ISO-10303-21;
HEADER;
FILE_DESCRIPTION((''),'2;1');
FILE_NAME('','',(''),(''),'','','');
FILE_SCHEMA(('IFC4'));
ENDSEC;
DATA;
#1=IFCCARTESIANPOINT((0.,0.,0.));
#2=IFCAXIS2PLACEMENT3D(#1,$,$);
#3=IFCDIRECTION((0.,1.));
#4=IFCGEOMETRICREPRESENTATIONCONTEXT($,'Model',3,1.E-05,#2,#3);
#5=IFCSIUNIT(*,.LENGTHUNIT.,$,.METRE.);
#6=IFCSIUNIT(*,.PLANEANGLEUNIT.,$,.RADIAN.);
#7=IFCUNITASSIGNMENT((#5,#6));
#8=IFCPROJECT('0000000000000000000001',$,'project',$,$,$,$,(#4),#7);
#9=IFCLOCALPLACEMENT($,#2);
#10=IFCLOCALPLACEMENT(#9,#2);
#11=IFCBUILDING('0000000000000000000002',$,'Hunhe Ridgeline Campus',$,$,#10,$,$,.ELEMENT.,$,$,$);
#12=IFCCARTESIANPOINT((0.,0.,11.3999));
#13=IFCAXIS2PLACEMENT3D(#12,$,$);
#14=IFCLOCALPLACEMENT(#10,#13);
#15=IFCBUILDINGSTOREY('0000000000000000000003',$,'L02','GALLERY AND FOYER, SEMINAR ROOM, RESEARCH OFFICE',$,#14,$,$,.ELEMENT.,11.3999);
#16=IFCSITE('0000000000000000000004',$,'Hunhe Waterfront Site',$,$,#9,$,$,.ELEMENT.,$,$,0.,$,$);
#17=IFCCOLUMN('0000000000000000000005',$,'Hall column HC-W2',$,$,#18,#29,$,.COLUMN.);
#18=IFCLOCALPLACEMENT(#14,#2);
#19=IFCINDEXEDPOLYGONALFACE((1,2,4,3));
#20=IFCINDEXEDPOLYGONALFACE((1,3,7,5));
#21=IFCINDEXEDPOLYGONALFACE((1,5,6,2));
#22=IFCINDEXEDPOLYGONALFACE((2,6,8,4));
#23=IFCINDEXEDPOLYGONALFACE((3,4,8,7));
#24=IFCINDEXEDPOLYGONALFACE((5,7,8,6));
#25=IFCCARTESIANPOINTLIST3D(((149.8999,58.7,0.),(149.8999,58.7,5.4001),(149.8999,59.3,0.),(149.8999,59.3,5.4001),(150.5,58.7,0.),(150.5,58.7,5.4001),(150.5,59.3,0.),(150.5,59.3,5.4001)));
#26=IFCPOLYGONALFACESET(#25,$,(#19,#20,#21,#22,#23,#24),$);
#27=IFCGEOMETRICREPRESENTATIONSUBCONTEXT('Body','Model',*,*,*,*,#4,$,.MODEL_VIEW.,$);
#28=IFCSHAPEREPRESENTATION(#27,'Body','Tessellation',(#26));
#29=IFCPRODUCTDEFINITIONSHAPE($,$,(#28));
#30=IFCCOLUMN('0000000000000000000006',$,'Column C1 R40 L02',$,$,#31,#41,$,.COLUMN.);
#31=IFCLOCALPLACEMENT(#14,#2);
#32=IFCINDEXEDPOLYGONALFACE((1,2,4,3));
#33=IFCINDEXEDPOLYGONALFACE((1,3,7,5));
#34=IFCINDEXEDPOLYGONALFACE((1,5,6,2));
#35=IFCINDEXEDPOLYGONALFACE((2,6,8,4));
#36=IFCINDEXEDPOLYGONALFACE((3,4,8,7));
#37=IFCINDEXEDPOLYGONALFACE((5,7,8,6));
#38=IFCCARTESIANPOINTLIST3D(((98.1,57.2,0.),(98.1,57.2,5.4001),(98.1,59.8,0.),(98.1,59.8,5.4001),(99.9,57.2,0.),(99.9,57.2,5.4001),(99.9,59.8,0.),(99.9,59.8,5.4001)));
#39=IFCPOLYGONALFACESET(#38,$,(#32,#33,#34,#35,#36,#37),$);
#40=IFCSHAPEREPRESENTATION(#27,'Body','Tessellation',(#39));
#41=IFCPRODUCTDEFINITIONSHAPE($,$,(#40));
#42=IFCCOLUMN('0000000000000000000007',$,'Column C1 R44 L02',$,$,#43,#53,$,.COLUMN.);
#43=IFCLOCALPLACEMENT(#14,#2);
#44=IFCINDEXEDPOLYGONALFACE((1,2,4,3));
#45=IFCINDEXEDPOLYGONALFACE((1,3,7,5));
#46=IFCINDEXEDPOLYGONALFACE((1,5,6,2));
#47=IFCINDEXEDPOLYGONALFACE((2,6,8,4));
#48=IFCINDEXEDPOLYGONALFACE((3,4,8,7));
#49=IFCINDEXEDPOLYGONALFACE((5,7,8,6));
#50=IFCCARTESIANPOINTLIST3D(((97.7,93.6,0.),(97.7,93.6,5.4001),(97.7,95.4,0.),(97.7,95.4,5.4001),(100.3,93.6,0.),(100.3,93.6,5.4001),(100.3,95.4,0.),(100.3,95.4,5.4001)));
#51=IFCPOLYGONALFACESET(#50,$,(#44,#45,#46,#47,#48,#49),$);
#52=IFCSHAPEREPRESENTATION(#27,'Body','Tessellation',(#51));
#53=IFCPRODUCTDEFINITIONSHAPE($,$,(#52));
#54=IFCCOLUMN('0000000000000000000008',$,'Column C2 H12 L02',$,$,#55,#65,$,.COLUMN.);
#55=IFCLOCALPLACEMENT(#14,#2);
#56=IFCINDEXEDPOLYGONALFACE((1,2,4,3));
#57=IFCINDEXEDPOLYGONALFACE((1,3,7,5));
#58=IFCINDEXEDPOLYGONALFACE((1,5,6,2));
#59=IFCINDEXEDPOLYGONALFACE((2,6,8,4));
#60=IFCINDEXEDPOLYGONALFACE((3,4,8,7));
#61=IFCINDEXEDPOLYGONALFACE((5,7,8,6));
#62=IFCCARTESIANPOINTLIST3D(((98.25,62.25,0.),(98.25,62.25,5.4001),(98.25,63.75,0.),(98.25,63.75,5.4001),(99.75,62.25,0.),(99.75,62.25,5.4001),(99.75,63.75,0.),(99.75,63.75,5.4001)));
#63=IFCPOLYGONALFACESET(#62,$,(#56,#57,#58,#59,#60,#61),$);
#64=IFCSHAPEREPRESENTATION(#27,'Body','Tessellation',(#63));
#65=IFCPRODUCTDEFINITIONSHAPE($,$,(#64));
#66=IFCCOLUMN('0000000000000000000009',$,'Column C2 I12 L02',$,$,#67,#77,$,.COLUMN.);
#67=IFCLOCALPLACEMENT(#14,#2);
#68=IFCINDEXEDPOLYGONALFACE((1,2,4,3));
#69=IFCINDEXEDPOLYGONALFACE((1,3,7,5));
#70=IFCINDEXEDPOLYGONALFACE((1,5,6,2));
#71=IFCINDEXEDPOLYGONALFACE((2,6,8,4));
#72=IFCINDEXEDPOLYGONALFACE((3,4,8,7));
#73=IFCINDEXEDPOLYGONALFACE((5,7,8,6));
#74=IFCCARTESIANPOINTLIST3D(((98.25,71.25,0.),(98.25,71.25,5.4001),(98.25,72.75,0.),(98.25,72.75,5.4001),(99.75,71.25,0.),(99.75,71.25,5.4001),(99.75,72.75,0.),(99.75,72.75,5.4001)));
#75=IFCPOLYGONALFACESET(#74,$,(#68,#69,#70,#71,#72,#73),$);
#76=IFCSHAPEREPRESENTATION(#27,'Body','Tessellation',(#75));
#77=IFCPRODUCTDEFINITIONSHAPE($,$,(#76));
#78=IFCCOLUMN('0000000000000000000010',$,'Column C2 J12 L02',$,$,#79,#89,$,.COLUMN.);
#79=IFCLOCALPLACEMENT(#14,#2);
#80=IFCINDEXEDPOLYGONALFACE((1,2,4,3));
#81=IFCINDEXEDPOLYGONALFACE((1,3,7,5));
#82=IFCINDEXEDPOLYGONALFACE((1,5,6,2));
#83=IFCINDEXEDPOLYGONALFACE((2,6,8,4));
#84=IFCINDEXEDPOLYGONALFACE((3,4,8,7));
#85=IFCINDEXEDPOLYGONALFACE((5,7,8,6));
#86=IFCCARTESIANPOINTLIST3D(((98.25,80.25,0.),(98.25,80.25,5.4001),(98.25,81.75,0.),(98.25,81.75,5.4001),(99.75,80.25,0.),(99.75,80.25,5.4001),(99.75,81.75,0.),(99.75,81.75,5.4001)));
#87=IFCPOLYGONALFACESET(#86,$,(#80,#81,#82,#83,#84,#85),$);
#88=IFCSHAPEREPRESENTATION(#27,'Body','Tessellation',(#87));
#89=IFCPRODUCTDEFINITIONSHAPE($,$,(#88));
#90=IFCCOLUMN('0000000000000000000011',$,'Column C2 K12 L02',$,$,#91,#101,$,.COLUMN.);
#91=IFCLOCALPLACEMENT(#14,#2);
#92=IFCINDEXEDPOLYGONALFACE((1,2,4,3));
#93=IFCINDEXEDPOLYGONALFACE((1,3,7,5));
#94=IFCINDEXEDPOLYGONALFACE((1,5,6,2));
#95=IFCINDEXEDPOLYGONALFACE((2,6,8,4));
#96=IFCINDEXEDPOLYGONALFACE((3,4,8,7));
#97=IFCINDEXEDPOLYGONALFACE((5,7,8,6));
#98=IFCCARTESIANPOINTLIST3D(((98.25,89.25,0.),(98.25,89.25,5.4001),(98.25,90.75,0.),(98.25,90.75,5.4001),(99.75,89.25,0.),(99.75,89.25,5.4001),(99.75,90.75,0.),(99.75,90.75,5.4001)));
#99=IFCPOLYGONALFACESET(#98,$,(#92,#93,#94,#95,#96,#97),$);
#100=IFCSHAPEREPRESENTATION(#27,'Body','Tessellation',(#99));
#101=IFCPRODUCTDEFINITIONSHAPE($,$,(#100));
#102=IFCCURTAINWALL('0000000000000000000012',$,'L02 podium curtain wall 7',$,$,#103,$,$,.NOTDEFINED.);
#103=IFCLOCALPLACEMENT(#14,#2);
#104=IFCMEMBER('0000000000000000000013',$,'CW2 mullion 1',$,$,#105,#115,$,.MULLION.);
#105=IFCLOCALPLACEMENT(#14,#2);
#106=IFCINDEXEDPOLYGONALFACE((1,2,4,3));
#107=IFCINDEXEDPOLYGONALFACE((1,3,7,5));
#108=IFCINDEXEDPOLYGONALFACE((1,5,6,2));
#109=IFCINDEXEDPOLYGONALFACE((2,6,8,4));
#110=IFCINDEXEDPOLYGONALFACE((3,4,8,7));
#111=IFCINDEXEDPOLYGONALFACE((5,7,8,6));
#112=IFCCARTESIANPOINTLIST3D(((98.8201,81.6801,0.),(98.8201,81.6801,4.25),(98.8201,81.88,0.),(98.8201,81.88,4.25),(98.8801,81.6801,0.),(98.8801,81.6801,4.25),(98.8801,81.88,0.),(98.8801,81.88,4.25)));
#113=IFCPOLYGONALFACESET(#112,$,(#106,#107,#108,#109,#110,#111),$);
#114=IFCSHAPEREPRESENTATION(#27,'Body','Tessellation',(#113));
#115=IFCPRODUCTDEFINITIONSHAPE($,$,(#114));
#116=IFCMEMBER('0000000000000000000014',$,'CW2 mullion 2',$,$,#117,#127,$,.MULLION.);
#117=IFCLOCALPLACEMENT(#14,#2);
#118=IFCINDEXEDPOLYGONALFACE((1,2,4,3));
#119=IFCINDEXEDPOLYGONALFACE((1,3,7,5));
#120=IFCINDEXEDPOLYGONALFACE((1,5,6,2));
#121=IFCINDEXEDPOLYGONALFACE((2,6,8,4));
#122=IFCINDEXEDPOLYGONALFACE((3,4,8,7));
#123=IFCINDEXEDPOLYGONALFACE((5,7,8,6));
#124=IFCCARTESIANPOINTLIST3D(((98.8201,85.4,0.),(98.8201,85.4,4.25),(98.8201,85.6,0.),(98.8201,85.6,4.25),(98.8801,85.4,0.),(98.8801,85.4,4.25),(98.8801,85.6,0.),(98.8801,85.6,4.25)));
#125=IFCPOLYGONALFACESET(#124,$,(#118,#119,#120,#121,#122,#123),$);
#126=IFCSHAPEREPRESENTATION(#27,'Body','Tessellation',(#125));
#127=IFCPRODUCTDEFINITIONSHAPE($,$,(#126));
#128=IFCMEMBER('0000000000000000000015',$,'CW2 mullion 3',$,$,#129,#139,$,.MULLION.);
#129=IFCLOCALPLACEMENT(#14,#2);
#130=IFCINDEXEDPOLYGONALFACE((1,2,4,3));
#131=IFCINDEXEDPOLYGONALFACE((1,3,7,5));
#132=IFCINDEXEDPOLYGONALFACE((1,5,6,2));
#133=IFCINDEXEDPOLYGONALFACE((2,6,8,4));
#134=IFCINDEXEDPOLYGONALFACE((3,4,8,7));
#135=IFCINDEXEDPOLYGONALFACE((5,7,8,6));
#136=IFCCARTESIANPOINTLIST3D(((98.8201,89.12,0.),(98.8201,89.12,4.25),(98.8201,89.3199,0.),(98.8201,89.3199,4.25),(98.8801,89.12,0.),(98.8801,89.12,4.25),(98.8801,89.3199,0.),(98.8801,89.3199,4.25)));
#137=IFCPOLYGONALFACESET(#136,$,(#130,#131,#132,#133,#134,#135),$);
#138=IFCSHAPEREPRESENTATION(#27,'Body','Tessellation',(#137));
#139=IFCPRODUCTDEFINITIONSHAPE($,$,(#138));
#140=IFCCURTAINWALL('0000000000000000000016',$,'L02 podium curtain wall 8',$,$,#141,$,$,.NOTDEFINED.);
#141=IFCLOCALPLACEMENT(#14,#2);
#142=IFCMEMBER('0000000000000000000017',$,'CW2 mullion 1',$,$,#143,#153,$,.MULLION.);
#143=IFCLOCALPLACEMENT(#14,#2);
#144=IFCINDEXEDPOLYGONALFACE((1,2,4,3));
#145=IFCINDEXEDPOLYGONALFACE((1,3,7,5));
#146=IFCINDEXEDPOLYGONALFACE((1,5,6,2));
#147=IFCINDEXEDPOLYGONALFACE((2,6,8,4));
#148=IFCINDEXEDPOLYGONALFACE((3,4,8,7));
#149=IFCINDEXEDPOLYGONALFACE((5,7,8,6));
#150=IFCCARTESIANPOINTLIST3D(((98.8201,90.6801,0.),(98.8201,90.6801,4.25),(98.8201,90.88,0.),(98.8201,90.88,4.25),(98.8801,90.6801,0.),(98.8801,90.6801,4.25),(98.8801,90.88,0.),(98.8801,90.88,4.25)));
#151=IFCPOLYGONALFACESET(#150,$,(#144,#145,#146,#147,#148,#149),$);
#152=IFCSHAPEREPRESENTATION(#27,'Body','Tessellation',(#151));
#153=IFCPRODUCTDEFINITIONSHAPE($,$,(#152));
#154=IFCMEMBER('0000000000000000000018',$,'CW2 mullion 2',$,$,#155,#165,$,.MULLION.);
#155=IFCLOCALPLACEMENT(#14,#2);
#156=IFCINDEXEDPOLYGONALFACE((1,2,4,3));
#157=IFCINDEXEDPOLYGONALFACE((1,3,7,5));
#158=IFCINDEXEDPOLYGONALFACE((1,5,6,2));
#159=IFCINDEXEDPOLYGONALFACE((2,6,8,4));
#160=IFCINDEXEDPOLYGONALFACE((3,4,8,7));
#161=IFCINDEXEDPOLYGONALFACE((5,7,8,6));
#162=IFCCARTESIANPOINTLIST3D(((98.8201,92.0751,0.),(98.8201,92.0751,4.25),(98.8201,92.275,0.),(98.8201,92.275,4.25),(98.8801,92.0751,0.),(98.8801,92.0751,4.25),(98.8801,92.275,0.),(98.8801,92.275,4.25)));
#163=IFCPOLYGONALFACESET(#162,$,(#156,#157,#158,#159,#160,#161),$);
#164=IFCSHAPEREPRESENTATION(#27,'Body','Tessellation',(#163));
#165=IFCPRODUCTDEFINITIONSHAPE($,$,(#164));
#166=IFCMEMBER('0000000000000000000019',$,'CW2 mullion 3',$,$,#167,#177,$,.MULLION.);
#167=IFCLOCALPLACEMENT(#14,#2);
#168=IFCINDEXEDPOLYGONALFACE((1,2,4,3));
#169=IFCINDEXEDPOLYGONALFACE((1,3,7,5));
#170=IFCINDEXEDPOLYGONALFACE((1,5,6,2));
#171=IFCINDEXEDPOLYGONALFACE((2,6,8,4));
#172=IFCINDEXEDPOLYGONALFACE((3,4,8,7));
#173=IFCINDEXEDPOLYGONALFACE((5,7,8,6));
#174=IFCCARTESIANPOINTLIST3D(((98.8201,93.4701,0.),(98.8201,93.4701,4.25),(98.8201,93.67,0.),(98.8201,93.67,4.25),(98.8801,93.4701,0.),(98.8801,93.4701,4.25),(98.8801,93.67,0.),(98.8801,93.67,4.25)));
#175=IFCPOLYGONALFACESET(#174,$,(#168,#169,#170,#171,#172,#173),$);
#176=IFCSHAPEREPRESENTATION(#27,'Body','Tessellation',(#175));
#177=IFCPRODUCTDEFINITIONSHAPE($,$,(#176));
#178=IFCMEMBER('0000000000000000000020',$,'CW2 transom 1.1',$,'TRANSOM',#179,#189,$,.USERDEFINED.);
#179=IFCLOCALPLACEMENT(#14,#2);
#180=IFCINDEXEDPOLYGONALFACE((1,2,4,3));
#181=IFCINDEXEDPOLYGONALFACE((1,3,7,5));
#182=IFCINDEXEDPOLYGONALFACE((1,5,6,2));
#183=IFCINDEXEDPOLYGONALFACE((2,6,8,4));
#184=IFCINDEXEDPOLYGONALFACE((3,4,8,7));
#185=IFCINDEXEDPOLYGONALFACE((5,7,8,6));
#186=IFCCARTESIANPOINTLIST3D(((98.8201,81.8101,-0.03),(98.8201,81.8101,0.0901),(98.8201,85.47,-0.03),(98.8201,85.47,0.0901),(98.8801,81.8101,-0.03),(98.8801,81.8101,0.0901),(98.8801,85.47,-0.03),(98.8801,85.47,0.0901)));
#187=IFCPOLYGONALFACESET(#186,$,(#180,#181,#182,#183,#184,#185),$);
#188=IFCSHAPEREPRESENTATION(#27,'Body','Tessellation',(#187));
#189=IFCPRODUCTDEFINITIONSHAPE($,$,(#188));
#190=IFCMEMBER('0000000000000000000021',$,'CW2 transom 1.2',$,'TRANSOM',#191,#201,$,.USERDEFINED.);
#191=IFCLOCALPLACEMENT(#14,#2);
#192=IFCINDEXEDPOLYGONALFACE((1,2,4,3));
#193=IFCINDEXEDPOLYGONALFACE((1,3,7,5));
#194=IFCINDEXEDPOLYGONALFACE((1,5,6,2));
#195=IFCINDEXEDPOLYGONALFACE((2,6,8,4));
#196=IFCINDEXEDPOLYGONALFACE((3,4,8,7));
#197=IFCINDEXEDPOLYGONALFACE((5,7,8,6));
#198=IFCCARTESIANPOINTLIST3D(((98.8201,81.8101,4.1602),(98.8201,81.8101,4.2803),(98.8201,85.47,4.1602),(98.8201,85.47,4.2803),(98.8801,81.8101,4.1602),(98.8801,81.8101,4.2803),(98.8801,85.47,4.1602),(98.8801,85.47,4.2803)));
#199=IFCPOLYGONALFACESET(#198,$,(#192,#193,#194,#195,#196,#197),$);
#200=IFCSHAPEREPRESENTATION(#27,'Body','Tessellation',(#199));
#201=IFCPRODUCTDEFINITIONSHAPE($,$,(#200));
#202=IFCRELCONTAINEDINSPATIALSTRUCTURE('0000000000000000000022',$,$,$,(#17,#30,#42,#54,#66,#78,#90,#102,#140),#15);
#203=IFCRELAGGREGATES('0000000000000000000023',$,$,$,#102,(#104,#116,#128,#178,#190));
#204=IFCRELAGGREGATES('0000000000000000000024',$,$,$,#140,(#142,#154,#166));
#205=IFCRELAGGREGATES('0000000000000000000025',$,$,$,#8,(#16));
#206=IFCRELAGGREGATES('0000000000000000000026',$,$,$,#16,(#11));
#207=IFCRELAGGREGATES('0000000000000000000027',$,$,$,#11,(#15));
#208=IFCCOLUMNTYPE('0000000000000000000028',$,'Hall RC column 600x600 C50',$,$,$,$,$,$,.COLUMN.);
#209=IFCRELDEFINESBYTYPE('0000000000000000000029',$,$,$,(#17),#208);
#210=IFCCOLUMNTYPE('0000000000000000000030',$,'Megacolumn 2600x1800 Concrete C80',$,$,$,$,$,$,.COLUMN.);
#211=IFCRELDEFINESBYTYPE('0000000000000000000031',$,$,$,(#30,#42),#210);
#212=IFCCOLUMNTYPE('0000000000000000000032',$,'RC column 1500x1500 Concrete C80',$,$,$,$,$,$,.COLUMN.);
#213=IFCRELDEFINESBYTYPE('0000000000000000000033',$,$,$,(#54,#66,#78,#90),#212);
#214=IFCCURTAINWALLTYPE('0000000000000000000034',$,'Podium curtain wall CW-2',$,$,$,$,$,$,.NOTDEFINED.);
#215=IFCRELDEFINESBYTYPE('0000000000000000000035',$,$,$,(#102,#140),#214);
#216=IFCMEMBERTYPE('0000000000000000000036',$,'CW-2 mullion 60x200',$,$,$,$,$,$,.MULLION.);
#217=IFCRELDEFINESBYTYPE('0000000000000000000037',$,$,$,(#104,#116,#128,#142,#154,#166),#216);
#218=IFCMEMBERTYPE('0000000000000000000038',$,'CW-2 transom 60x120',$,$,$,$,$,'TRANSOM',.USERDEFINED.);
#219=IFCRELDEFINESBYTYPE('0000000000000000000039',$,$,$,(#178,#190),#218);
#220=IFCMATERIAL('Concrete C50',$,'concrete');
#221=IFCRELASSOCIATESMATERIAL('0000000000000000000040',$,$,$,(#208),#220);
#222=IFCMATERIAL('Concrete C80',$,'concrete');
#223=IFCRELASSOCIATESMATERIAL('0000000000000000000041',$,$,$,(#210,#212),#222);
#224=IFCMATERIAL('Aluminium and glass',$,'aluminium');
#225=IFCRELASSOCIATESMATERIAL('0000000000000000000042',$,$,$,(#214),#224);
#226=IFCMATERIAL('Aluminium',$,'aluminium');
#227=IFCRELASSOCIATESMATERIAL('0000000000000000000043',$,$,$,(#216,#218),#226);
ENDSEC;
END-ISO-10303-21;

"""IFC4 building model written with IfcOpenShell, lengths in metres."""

from ifc_helpers import new_model, si_unit, direction, frame, origin, origin_2d, place, context, subcontext, project, spatial, rectangle, extrude, material, material_profile, profile_set, type_object, element, aggregate, save


model = new_model("IFC4")

# Units and contexts
model_context = context("Model", 3, precision=1e-05, world=origin(), true_north=direction((0.0, 1.0)))
body_context = subcontext(model_context, "Body", "Model", "MODEL_VIEW")
ifc_project = project(units=[si_unit("LENGTHUNIT", "METRE"), si_unit("PLANEANGLEUNIT", "RADIAN")], contexts=[model_context])

# Site, building, storey
site_placement = place(None, origin())
site = spatial("IfcSite", under=ifc_project, at=site_placement, Name="Hunhe Waterfront Site", CompositionType="ELEMENT", RefElevation=0.0)
building_placement = place(site_placement, origin())
building = spatial("IfcBuilding", under=site, at=building_placement, Name="Hunhe Ridgeline Campus", CompositionType="ELEMENT")
storey_placement = place(building_placement, frame((0.0, 0.0, 11.3999)))
storey = spatial("IfcBuildingStorey", under=building, at=storey_placement, Name="L02", Description="GALLERY AND FOYER, SEMINAR ROOM, RESEARCH OFFICE", CompositionType="ELEMENT", Elevation=11.3999)

# Columns
ifc_material_1 = material(Name="Concrete C50", Category="concrete")
ifc_material_profile_1 = material_profile(ifc_material_1, rectangle(XDim=0.6001, YDim=0.6001, at=origin_2d()))
ifc_profile_set_1 = profile_set([ifc_material_profile_1], Name="Concrete C50")
column_type_1 = type_object("IfcColumnType", Name="Hall RC column 600x600 C50", PredefinedType="COLUMN", material=ifc_profile_set_1)
column_placement = place(storey_placement, frame((150.2, 59.0, 0.0), z_axis=(0.0, 0.0, 1.0), x_axis=(1.0, 0.0, 0.0)))
element("IfcColumn", 1, at=column_placement, inside=storey, type_object=column_type_1, Name="Hall column HC-W2", PredefinedType="COLUMN", context=body_context, shape_type="SweptSolid", body=[
    extrude(rectangle(XDim=0.6001, YDim=0.6001, at=origin_2d()), origin(), (0.0, 0.0, 1.0), 5.4001),
])
ifc_material_2 = material(Name="Concrete C80", Category="concrete")
ifc_material_profile_2 = material_profile(ifc_material_2, rectangle(XDim=2.6001, YDim=1.8, at=origin_2d()))
ifc_profile_set_2 = profile_set([ifc_material_profile_2], Name="Concrete C80")
column_type_2 = type_object("IfcColumnType", Name="Megacolumn 2600x1800 Concrete C80", PredefinedType="COLUMN", material=ifc_profile_set_2)
for number, where, z_axis, x_axis, name in (
    (2, (99.0, 58.5, 0.0), (0.0, 0.0, 1.0), (0.0, 1.0, 0.0), "Column C1 R40 L02"),
    (3, (99.0, 94.5, 0.0), (0.0, 0.0, 1.0), (1.0, 0.0, 0.0), "Column C1 R44 L02"),
):
    element("IfcColumn", number, at=place(storey_placement, frame(where, z_axis=z_axis, x_axis=x_axis)), inside=storey, type_object=column_type_2, Name=name, PredefinedType="COLUMN", context=body_context, shape_type="SweptSolid", body=[
        extrude(rectangle(XDim=2.6001, YDim=1.8, at=origin_2d()), origin(), (0.0, 0.0, 1.0), 5.4001),
    ])
ifc_material_profile_3 = material_profile(ifc_material_2, rectangle(XDim=1.5, YDim=1.5, at=origin_2d()))
ifc_profile_set_3 = profile_set([ifc_material_profile_3], Name="Concrete C80")
column_type_3 = type_object("IfcColumnType", Name="RC column 1500x1500 Concrete C80", PredefinedType="COLUMN", material=ifc_profile_set_3)
for number, where, z_axis, x_axis, name in (
    (4, (99.0, 63.0, 0.0), (0.0, 0.0, 1.0), (1.0, 0.0, 0.0), "Column C2 H12 L02"),
    (5, (99.0, 72.0, 0.0), (0.0, 0.0, 1.0), (1.0, 0.0, 0.0), "Column C2 I12 L02"),
    (6, (99.0, 81.0, 0.0), (0.0, 0.0, 1.0), (1.0, 0.0, 0.0), "Column C2 J12 L02"),
    (7, (99.0, 90.0, 0.0), (0.0, 0.0, 1.0), (1.0, 0.0, 0.0), "Column C2 K12 L02"),
):
    element("IfcColumn", number, at=place(storey_placement, frame(where, z_axis=z_axis, x_axis=x_axis)), inside=storey, type_object=column_type_3, Name=name, PredefinedType="COLUMN", context=body_context, shape_type="SweptSolid", body=[
        extrude(rectangle(XDim=1.5, YDim=1.5, at=origin_2d()), origin(), (0.0, 0.0, 1.0), 5.4001),
    ])

# Curtain walls, members
ifc_material_3 = material(Name="Aluminium and glass", Category="aluminium")
curtain_wall_type = type_object("IfcCurtainWallType", Name="Podium curtain wall CW-2", PredefinedType="NOTDEFINED", material=ifc_material_3)
curtain_wall_1_placement = place(storey_placement, origin())
curtain_wall_1 = element("IfcCurtainWall", 8, at=curtain_wall_1_placement, inside=storey, type_object=curtain_wall_type, Name="L02 podium curtain wall 7", PredefinedType="NOTDEFINED")
ifc_material_4 = material(Name="Aluminium", Category="aluminium")
ifc_material_profile_4 = material_profile(ifc_material_4, rectangle(XDim=0.0601, YDim=0.2, at=origin_2d()))
ifc_profile_set_4 = profile_set([ifc_material_profile_4], Name="Aluminium")
member_type_1 = type_object("IfcMemberType", Name="CW-2 mullion 60x200", PredefinedType="MULLION", material=ifc_profile_set_4)
member_1_placement = place(storey_placement, frame((98.8501, 81.78, 0.0), z_axis=(0.0, 0.0, 1.0), x_axis=(-1.0, 0.0, 0.0)))
member_1 = element("IfcMember", 9, at=member_1_placement, type_object=member_type_1, Name="CW2 mullion 1", PredefinedType="MULLION", context=body_context, shape_type="SweptSolid", body=[
    extrude(rectangle(XDim=0.0601, YDim=0.2, at=origin_2d()), origin(), (0.0, 0.0, 1.0), 4.25),
])
member_2_placement = place(storey_placement, frame((98.8501, 85.5, 0.0), z_axis=(0.0, 0.0, 1.0), x_axis=(-1.0, 0.0, 0.0)))
member_2 = element("IfcMember", 10, at=member_2_placement, type_object=member_type_1, Name="CW2 mullion 2", PredefinedType="MULLION", context=body_context, shape_type="SweptSolid", body=[
    extrude(rectangle(XDim=0.0601, YDim=0.2, at=origin_2d()), origin(), (0.0, 0.0, 1.0), 4.25),
])
member_3_placement = place(storey_placement, frame((98.8501, 89.22, 0.0), z_axis=(0.0, 0.0, 1.0), x_axis=(-1.0, 0.0, 0.0)))
member_3 = element("IfcMember", 11, at=member_3_placement, type_object=member_type_1, Name="CW2 mullion 3", PredefinedType="MULLION", context=body_context, shape_type="SweptSolid", body=[
    extrude(rectangle(XDim=0.0601, YDim=0.2, at=origin_2d()), origin(), (0.0, 0.0, 1.0), 4.25),
])
curtain_wall_2_placement = place(storey_placement, origin())
curtain_wall_2 = element("IfcCurtainWall", 12, at=curtain_wall_2_placement, inside=storey, type_object=curtain_wall_type, Name="L02 podium curtain wall 8", PredefinedType="NOTDEFINED")
member_4_placement = place(storey_placement, frame((98.8501, 90.78, 0.0), z_axis=(0.0, 0.0, 1.0), x_axis=(-1.0, 0.0, 0.0)))
member_4 = element("IfcMember", 13, at=member_4_placement, type_object=member_type_1, Name="CW2 mullion 1", PredefinedType="MULLION", context=body_context, shape_type="SweptSolid", body=[
    extrude(rectangle(XDim=0.0601, YDim=0.2, at=origin_2d()), origin(), (0.0, 0.0, 1.0), 4.25),
])
member_5_placement = place(storey_placement, frame((98.8501, 92.175, 0.0), z_axis=(0.0, 0.0, 1.0), x_axis=(-1.0, 0.0, 0.0)))
member_5 = element("IfcMember", 14, at=member_5_placement, type_object=member_type_1, Name="CW2 mullion 2", PredefinedType="MULLION", context=body_context, shape_type="SweptSolid", body=[
    extrude(rectangle(XDim=0.0601, YDim=0.2, at=origin_2d()), origin(), (0.0, 0.0, 1.0), 4.25),
])
member_6_placement = place(storey_placement, frame((98.8501, 93.5701, 0.0), z_axis=(0.0, 0.0, 1.0), x_axis=(-1.0, 0.0, 0.0)))
member_6 = element("IfcMember", 15, at=member_6_placement, type_object=member_type_1, Name="CW2 mullion 3", PredefinedType="MULLION", context=body_context, shape_type="SweptSolid", body=[
    extrude(rectangle(XDim=0.0601, YDim=0.2, at=origin_2d()), origin(), (0.0, 0.0, 1.0), 4.25),
])

# Members
ifc_material_profile_5 = material_profile(ifc_material_4, rectangle(XDim=0.0601, YDim=0.1201, at=origin_2d()))
ifc_profile_set_5 = profile_set([ifc_material_profile_5], Name="Aluminium")
member_type_2 = type_object("IfcMemberType", Name="CW-2 transom 60x120", ElementType="TRANSOM", PredefinedType="USERDEFINED", material=ifc_profile_set_5)
member_7_placement = place(storey_placement, frame((98.8501, 81.8101, 0.03), z_axis=(0.0, 1.0, 0.0), x_axis=(-1.0, 0.0, 0.0)))
member_7 = element("IfcMember", 16, at=member_7_placement, type_object=member_type_2, Name="CW2 transom 1.1", ObjectType="TRANSOM", PredefinedType="USERDEFINED", context=body_context, shape_type="SweptSolid", body=[
    extrude(rectangle(XDim=0.0601, YDim=0.1201, at=origin_2d()), origin(), (0.0, 0.0, 1.0), 3.6599),
])
member_8_placement = place(storey_placement, frame((98.8501, 81.8101, 4.2202), z_axis=(0.0, 1.0, 0.0), x_axis=(-1.0, 0.0, 0.0)))
member_8 = element("IfcMember", 17, at=member_8_placement, type_object=member_type_2, Name="CW2 transom 1.2", ObjectType="TRANSOM", PredefinedType="USERDEFINED", context=body_context, shape_type="SweptSolid", body=[
    extrude(rectangle(XDim=0.0601, YDim=0.1201, at=origin_2d()), origin(), (0.0, 0.0, 1.0), 3.6599),
])

aggregate(curtain_wall_1, [member_1, member_2, member_3, member_7, member_8])
aggregate(curtain_wall_2, [member_4, member_5, member_6])

save(model, "model.ifc")
